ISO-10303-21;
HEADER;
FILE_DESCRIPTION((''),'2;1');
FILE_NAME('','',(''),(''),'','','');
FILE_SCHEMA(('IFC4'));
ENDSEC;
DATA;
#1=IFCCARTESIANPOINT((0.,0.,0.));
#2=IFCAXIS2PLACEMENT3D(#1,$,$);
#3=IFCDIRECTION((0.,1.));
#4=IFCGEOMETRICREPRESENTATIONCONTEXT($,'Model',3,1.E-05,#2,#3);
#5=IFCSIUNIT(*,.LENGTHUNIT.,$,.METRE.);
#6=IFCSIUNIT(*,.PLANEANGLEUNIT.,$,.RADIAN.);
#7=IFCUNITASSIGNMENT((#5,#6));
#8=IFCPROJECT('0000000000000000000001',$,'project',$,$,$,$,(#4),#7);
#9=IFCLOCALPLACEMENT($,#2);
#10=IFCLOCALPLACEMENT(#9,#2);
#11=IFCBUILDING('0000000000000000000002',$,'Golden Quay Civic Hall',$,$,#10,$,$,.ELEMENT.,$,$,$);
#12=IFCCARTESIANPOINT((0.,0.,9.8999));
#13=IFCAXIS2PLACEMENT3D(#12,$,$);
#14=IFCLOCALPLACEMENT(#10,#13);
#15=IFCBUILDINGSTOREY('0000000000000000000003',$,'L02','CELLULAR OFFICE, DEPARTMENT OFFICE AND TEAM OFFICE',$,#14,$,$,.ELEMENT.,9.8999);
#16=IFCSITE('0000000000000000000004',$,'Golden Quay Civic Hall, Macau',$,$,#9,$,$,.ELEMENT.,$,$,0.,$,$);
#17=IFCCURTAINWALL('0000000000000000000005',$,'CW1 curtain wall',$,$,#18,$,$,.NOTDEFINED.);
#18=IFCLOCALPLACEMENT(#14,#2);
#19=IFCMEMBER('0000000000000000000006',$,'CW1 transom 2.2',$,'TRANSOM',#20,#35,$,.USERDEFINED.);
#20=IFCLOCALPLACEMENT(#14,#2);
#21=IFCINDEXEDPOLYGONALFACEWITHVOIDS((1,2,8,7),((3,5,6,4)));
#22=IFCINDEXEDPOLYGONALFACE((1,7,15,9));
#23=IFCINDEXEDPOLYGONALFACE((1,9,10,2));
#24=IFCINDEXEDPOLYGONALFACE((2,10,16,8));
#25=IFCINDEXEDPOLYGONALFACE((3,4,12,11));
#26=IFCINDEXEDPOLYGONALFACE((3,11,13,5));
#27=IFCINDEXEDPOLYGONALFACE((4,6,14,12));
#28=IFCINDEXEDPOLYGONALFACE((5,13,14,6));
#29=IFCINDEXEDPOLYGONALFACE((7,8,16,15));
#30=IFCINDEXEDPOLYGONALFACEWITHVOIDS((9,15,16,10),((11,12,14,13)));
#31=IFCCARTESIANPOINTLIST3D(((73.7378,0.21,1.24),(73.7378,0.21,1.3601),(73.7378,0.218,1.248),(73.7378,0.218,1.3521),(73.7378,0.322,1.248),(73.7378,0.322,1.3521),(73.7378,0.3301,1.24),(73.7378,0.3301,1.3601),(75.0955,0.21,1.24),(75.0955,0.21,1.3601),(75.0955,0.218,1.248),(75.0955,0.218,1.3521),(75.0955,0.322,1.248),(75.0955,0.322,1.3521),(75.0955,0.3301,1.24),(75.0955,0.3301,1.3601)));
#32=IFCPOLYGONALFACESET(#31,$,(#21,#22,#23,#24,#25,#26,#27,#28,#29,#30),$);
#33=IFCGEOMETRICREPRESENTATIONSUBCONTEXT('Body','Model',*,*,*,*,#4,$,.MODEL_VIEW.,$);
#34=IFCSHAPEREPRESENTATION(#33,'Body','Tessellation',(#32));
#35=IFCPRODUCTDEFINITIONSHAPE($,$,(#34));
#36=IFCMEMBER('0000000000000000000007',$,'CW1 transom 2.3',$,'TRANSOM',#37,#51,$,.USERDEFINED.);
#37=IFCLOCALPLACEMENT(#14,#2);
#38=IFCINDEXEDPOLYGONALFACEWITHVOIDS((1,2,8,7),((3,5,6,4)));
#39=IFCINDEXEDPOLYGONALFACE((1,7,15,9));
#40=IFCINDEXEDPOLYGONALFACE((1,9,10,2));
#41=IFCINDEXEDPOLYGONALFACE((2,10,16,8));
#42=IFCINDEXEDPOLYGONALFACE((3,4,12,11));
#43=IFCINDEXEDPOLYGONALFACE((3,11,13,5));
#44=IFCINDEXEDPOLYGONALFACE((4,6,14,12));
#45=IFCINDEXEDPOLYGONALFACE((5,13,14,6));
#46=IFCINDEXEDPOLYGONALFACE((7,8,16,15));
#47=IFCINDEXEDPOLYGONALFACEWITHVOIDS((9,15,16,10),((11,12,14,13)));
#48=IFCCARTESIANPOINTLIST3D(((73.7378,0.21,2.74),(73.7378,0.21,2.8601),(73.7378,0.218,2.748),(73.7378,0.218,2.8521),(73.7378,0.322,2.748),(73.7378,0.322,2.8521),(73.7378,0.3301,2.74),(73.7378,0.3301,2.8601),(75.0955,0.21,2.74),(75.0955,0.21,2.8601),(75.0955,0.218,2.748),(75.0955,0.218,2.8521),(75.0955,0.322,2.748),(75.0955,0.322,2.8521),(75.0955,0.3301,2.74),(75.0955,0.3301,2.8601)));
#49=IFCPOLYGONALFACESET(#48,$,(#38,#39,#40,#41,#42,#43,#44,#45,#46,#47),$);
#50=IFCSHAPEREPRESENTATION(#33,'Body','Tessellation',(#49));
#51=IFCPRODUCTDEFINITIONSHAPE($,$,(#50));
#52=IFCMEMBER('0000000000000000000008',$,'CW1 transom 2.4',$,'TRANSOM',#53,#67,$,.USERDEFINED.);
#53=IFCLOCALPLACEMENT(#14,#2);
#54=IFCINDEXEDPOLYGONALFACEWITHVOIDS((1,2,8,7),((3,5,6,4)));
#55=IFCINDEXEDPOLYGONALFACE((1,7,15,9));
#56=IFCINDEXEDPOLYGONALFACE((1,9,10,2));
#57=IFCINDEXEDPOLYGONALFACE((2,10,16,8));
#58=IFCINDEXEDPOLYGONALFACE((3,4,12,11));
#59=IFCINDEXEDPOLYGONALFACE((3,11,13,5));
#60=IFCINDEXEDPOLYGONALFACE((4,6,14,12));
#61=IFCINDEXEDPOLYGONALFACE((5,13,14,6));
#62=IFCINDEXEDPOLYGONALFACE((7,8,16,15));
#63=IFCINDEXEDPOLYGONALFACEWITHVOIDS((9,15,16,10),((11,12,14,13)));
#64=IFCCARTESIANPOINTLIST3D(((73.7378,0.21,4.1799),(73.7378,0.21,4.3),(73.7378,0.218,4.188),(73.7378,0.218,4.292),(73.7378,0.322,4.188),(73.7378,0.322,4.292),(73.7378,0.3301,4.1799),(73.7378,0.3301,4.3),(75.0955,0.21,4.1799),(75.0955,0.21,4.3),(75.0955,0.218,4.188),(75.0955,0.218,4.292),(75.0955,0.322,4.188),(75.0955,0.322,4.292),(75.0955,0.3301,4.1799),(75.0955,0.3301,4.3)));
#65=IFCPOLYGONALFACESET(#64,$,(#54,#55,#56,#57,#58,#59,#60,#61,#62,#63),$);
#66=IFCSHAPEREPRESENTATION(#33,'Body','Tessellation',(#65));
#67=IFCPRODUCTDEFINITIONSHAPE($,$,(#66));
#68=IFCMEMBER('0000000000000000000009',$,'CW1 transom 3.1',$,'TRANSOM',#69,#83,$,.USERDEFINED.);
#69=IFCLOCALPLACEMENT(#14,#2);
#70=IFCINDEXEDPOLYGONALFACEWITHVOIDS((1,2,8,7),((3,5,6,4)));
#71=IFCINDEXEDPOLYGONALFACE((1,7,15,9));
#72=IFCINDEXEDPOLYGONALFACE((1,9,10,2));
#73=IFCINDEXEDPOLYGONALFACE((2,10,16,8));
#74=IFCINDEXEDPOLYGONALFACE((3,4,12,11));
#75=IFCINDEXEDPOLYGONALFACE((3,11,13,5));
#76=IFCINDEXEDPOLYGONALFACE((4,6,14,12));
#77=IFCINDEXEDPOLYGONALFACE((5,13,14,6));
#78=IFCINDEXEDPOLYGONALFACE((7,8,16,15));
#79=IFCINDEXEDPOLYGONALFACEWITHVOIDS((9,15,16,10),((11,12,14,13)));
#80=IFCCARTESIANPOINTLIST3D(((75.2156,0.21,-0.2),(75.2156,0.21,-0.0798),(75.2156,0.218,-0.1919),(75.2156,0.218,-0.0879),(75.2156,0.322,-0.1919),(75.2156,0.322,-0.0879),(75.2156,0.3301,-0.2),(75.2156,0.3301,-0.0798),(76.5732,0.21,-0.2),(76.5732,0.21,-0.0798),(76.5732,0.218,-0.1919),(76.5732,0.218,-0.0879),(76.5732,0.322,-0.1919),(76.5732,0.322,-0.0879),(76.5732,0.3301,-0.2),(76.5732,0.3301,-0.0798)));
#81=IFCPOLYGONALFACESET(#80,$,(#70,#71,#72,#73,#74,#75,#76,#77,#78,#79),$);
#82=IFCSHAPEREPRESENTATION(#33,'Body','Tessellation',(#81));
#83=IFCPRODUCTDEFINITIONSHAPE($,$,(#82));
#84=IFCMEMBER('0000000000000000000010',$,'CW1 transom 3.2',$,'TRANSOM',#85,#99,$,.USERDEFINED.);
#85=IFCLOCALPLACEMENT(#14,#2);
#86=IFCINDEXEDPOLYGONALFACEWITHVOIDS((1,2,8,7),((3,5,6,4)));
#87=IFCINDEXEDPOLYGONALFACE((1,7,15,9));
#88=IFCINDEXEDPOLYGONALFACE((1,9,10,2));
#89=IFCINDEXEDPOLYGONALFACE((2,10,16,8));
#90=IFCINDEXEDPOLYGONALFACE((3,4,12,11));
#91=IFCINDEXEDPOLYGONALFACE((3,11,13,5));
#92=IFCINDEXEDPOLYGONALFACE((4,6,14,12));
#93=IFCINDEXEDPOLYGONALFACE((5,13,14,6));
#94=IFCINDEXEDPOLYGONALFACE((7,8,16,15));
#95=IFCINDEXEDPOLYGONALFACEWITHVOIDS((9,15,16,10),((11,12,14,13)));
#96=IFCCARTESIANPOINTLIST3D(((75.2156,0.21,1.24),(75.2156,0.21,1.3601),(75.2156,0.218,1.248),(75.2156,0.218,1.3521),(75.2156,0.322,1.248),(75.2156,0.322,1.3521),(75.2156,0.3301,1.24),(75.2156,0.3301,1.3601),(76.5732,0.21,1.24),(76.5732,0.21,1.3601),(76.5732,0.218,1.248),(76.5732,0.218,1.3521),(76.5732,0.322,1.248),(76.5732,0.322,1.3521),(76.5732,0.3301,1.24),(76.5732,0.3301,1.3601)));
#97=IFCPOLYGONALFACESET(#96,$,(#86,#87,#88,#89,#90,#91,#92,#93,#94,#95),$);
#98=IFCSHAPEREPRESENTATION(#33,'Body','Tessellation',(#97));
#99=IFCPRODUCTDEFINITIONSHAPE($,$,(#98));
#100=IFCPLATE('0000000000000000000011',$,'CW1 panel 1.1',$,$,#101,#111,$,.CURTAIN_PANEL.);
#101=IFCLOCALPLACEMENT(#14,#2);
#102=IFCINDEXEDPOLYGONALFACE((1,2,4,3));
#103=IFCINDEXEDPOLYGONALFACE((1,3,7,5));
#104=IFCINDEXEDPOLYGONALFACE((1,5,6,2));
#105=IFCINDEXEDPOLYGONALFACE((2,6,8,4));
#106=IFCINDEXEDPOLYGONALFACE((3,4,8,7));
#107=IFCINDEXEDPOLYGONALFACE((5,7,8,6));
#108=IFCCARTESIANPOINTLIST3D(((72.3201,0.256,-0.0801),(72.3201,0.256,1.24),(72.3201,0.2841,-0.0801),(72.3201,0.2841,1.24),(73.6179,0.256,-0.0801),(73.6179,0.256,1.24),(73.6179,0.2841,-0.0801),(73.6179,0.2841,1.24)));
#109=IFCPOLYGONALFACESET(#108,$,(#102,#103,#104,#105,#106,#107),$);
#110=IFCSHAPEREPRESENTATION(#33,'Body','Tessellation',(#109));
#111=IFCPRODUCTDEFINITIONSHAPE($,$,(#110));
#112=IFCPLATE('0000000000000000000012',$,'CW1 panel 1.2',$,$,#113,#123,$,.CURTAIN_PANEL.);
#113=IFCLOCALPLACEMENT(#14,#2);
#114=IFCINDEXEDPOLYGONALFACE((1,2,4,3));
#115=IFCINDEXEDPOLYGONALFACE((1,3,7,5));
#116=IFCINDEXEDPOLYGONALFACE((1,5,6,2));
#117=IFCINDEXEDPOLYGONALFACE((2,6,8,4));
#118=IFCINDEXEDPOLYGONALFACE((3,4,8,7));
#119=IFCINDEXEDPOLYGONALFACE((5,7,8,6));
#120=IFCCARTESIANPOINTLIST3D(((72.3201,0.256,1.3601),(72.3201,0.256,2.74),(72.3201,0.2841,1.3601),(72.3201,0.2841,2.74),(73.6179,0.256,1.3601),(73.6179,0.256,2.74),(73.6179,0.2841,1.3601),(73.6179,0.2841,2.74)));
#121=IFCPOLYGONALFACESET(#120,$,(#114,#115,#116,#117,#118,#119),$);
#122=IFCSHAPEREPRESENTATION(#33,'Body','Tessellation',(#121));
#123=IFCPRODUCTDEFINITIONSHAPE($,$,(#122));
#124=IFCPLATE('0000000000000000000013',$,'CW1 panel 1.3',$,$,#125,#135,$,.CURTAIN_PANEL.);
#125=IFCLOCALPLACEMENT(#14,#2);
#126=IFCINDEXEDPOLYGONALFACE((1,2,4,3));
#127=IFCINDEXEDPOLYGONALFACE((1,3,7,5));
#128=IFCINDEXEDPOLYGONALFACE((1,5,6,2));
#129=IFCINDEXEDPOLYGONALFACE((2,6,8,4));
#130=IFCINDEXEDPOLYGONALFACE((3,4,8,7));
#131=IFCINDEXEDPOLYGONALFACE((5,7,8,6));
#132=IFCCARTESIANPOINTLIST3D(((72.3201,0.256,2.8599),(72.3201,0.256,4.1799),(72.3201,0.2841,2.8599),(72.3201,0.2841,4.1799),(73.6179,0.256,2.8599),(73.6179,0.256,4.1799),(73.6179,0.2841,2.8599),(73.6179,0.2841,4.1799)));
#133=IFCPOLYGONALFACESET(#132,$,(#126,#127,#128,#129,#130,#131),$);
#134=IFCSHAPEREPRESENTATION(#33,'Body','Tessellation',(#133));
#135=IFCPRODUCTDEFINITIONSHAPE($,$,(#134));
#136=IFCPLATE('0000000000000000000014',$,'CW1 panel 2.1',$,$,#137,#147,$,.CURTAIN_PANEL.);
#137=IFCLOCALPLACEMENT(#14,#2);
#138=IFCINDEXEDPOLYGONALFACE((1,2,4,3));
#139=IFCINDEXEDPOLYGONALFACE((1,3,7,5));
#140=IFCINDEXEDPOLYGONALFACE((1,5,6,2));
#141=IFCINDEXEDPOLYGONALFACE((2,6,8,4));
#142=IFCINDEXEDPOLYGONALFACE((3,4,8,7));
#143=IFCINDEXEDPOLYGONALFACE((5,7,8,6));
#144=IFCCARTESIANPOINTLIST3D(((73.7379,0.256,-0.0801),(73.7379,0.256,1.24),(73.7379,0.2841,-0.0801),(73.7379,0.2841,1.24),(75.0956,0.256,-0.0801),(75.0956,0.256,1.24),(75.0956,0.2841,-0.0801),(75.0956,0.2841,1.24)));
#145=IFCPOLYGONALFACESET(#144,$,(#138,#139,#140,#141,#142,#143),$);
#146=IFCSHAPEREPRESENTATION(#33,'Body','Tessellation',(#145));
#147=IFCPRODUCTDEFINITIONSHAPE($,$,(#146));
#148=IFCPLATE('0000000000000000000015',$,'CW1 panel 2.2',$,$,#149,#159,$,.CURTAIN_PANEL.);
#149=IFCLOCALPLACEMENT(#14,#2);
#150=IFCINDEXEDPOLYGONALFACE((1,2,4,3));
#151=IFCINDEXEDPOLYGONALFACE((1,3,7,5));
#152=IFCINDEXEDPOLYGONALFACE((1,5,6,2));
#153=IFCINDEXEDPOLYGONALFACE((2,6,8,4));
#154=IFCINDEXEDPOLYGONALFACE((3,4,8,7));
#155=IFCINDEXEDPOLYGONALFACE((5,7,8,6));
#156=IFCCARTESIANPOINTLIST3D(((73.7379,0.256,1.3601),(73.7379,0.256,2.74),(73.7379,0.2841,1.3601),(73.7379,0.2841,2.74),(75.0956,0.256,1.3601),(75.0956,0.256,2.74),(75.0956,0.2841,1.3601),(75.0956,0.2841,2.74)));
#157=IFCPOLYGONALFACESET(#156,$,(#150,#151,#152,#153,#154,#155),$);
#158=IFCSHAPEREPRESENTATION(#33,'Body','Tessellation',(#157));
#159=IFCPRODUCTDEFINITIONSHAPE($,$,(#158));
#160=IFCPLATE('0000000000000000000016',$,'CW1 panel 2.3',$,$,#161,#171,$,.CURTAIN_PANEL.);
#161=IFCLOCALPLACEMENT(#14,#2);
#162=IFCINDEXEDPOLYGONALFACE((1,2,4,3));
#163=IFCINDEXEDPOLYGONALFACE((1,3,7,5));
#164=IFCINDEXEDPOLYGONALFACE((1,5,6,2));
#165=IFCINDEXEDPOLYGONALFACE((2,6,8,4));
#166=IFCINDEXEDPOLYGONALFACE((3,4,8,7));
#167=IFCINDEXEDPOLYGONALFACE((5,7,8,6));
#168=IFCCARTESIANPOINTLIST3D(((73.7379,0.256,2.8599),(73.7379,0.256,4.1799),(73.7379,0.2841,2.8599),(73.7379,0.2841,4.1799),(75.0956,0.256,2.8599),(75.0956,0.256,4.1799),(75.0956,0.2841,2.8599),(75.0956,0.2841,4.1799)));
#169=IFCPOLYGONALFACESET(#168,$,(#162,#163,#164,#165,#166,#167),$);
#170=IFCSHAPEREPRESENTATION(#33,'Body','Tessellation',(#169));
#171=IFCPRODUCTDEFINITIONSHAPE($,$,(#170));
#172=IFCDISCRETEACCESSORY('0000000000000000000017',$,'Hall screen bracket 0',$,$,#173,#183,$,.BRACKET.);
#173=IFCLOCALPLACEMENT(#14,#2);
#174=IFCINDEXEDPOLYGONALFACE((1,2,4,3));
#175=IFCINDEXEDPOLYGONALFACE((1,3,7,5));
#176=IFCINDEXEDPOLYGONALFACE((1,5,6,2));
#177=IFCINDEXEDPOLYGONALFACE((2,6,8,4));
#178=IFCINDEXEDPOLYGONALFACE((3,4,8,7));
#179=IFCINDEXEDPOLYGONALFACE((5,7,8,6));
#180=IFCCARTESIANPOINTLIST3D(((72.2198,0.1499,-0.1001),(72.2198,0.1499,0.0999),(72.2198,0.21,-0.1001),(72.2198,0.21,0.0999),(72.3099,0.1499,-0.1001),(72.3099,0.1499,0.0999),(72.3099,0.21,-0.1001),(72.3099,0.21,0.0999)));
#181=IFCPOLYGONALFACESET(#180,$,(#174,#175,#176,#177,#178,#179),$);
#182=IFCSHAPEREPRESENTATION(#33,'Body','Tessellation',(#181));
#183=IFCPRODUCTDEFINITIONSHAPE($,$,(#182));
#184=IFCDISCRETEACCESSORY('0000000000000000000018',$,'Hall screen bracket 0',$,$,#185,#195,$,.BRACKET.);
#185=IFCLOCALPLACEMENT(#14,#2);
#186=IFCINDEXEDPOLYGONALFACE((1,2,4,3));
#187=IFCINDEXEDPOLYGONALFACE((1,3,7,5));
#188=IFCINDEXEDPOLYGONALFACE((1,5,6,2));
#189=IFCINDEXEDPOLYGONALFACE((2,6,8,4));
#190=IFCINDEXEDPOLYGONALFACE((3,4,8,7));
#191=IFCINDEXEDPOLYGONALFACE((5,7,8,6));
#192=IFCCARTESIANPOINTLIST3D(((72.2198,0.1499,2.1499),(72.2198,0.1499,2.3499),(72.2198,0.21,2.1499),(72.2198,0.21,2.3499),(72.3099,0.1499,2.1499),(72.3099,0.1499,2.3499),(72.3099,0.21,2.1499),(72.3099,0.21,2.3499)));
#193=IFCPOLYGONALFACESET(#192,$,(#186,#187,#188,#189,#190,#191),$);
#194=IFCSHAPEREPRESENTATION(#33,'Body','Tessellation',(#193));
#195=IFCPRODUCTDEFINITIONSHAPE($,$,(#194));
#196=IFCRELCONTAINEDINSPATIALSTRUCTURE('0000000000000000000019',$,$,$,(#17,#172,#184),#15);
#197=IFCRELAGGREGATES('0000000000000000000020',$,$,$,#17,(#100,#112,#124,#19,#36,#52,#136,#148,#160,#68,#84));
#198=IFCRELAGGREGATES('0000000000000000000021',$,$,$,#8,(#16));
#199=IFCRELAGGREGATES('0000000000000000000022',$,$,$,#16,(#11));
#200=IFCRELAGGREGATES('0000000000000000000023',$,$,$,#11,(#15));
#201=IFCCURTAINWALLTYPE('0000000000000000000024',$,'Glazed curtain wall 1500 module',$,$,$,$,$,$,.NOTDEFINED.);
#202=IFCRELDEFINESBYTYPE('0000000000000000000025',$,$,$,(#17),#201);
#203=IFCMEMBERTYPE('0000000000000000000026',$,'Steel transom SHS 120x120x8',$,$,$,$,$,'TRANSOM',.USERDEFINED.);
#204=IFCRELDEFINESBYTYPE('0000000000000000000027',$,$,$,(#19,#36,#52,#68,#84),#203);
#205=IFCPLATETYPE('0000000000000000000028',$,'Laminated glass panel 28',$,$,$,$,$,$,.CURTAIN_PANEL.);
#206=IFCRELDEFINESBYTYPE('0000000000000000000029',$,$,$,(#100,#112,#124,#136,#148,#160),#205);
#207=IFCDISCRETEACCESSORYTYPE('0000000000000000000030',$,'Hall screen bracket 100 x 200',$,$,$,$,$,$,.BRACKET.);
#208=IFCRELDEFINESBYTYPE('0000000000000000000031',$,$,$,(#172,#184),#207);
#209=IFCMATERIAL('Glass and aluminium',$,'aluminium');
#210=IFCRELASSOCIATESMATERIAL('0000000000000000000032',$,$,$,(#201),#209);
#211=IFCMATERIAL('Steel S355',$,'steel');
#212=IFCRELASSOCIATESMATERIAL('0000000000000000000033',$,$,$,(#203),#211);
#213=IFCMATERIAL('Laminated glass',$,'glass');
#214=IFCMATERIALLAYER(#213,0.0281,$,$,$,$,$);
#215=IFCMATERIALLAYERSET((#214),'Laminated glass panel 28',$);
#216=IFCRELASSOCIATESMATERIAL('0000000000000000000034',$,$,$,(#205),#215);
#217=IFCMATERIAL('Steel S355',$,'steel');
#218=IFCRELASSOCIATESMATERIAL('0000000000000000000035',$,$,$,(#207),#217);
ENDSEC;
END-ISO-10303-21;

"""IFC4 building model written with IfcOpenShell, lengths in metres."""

from ifc_helpers import new_model, si_unit, direction, frame, origin, origin_2d, place, context, subcontext, project, spatial, rectangle, hollow_rectangle, extrude, material, layer, layer_set, material_profile, profile_set, type_object, element, aggregate, save


model = new_model("IFC4")

# Units and contexts
model_context = context("Model", 3, precision=1e-05, world=origin(), true_north=direction((0.0, 1.0)))
body_context = subcontext(model_context, "Body", "Model", "MODEL_VIEW")
ifc_project = project(units=[si_unit("LENGTHUNIT", "METRE"), si_unit("PLANEANGLEUNIT", "RADIAN")], contexts=[model_context])

# Site, building, storey
site_placement = place(None, origin())
site = spatial("IfcSite", under=ifc_project, at=site_placement, Name="Golden Quay Civic Hall, Macau", CompositionType="ELEMENT", RefElevation=0.0)
building_placement = place(site_placement, origin())
building = spatial("IfcBuilding", under=site, at=building_placement, Name="Golden Quay Civic Hall", CompositionType="ELEMENT")
storey_placement = place(building_placement, frame((0.0, 0.0, 9.8999)))
storey = spatial("IfcBuildingStorey", under=building, at=storey_placement, Name="L02", Description="CELLULAR OFFICE, DEPARTMENT OFFICE AND TEAM OFFICE", CompositionType="ELEMENT", Elevation=9.8999)

# Curtain wall, members, plates
ifc_material_1 = material(Name="Glass and aluminium", Category="aluminium")
curtain_wall_type = type_object("IfcCurtainWallType", Name="Glazed curtain wall 1500 module", PredefinedType="NOTDEFINED", material=ifc_material_1)
curtain_wall_placement = place(storey_placement, origin())
curtain_wall = element("IfcCurtainWall", 1, at=curtain_wall_placement, inside=storey, type_object=curtain_wall_type, Name="CW1 curtain wall", PredefinedType="NOTDEFINED")
ifc_material_2 = material(Name="Steel S355", Category="steel")
ifc_material_profile_1 = material_profile(ifc_material_2, hollow_rectangle(XDim=0.1201, YDim=0.1201, WallThickness=0.0081, at=origin_2d()), Name="SHS 120x120x8")
ifc_profile_set_1 = profile_set([ifc_material_profile_1], Name="Steel S355")
member_type_1 = type_object("IfcMemberType", Name="Steel transom SHS 120x120x8", ElementType="TRANSOM", PredefinedType="USERDEFINED", material=ifc_profile_set_1)
member_1_placement = place(storey_placement, frame((73.7378, 0.27, 1.3), z_axis=(1.0, 0.0, 0.0), x_axis=(0.0, 1.0, 0.0)))
member_1 = element("IfcMember", 2, at=member_1_placement, type_object=member_type_1, Name="CW1 transom 2.2", ObjectType="TRANSOM", PredefinedType="USERDEFINED", context=body_context, shape_type="SweptSolid", body=[
    extrude(hollow_rectangle(XDim=0.1201, YDim=0.1201, WallThickness=0.0081, at=origin_2d()), origin(), (0.0, 0.0, 1.0), 1.3577),
])
member_2_placement = place(storey_placement, frame((73.7378, 0.27, 2.8), z_axis=(1.0, 0.0, 0.0), x_axis=(0.0, 1.0, 0.0)))
member_2 = element("IfcMember", 3, at=member_2_placement, type_object=member_type_1, Name="CW1 transom 2.3", ObjectType="TRANSOM", PredefinedType="USERDEFINED", context=body_context, shape_type="SweptSolid", body=[
    extrude(hollow_rectangle(XDim=0.1201, YDim=0.1201, WallThickness=0.0081, at=origin_2d()), origin(), (0.0, 0.0, 1.0), 1.3577),
])
member_3_placement = place(storey_placement, frame((73.7378, 0.27, 4.24), z_axis=(1.0, 0.0, 0.0), x_axis=(0.0, 1.0, 0.0)))
member_3 = element("IfcMember", 4, at=member_3_placement, type_object=member_type_1, Name="CW1 transom 2.4", ObjectType="TRANSOM", PredefinedType="USERDEFINED", context=body_context, shape_type="SweptSolid", body=[
    extrude(hollow_rectangle(XDim=0.1201, YDim=0.1201, WallThickness=0.0081, at=origin_2d()), origin(), (0.0, 0.0, 1.0), 1.3577),
])
member_4_placement = place(storey_placement, frame((75.2156, 0.27, -0.1399), z_axis=(1.0, 0.0, 0.0), x_axis=(0.0, 1.0, 0.0)))
member_4 = element("IfcMember", 5, at=member_4_placement, type_object=member_type_1, Name="CW1 transom 3.1", ObjectType="TRANSOM", PredefinedType="USERDEFINED", context=body_context, shape_type="SweptSolid", body=[
    extrude(hollow_rectangle(XDim=0.1201, YDim=0.1201, WallThickness=0.0081, at=origin_2d()), origin(), (0.0, 0.0, 1.0), 1.3577),
])
member_5_placement = place(storey_placement, frame((75.2156, 0.27, 1.3), z_axis=(1.0, 0.0, 0.0), x_axis=(0.0, 1.0, 0.0)))
member_5 = element("IfcMember", 6, at=member_5_placement, type_object=member_type_1, Name="CW1 transom 3.2", ObjectType="TRANSOM", PredefinedType="USERDEFINED", context=body_context, shape_type="SweptSolid", body=[
    extrude(hollow_rectangle(XDim=0.1201, YDim=0.1201, WallThickness=0.0081, at=origin_2d()), origin(), (0.0, 0.0, 1.0), 1.3577),
])
ifc_material_3 = material(Name="Laminated glass", Category="glass")
ifc_layer = layer(ifc_material_3, 0.0281)
ifc_layer_set = layer_set([ifc_layer], Name="Laminated glass panel 28")
plate_type = type_object("IfcPlateType", Name="Laminated glass panel 28", PredefinedType="CURTAIN_PANEL", material=ifc_layer_set)
plate_1_placement = place(storey_placement, frame((72.969, 0.27, -0.0801), z_axis=(0.0, 0.0, 1.0), x_axis=(1.0, 0.0, 0.0)))
plate_1 = element("IfcPlate", 7, at=plate_1_placement, type_object=plate_type, Name="CW1 panel 1.1", PredefinedType="CURTAIN_PANEL", context=body_context, shape_type="SweptSolid", body=[
    extrude(rectangle(XDim=1.2979, YDim=0.0281, at=origin_2d()), origin(), (0.0, 0.0, 1.0), 1.3201),
])
plate_2_placement = place(storey_placement, frame((72.969, 0.27, 1.3601), z_axis=(0.0, 0.0, 1.0), x_axis=(1.0, 0.0, 0.0)))
plate_2 = element("IfcPlate", 8, at=plate_2_placement, type_object=plate_type, Name="CW1 panel 1.2", PredefinedType="CURTAIN_PANEL", context=body_context, shape_type="SweptSolid", body=[
    extrude(rectangle(XDim=1.2979, YDim=0.0281, at=origin_2d()), origin(), (0.0, 0.0, 1.0), 1.3799),
])
plate_3_placement = place(storey_placement, frame((72.969, 0.27, 2.8599), z_axis=(0.0, 0.0, 1.0), x_axis=(1.0, 0.0, 0.0)))
plate_3 = element("IfcPlate", 9, at=plate_3_placement, type_object=plate_type, Name="CW1 panel 1.3", PredefinedType="CURTAIN_PANEL", context=body_context, shape_type="SweptSolid", body=[
    extrude(rectangle(XDim=1.2979, YDim=0.0281, at=origin_2d()), origin(), (0.0, 0.0, 1.0), 1.3201),
])
plate_4_placement = place(storey_placement, frame((74.4167, 0.27, -0.0801), z_axis=(0.0, 0.0, 1.0), x_axis=(1.0, 0.0, 0.0)))
plate_4 = element("IfcPlate", 10, at=plate_4_placement, type_object=plate_type, Name="CW1 panel 2.1", PredefinedType="CURTAIN_PANEL", context=body_context, shape_type="SweptSolid", body=[
    extrude(rectangle(XDim=1.3577, YDim=0.0281, at=origin_2d()), origin(), (0.0, 0.0, 1.0), 1.3201),
])
plate_5_placement = place(storey_placement, frame((74.4167, 0.27, 1.3601), z_axis=(0.0, 0.0, 1.0), x_axis=(1.0, 0.0, 0.0)))
plate_5 = element("IfcPlate", 11, at=plate_5_placement, type_object=plate_type, Name="CW1 panel 2.2", PredefinedType="CURTAIN_PANEL", context=body_context, shape_type="SweptSolid", body=[
    extrude(rectangle(XDim=1.3577, YDim=0.0281, at=origin_2d()), origin(), (0.0, 0.0, 1.0), 1.3799),
])
plate_6_placement = place(storey_placement, frame((74.4167, 0.27, 2.8599), z_axis=(0.0, 0.0, 1.0), x_axis=(1.0, 0.0, 0.0)))
plate_6 = element("IfcPlate", 12, at=plate_6_placement, type_object=plate_type, Name="CW1 panel 2.3", PredefinedType="CURTAIN_PANEL", context=body_context, shape_type="SweptSolid", body=[
    extrude(rectangle(XDim=1.3577, YDim=0.0281, at=origin_2d()), origin(), (0.0, 0.0, 1.0), 1.3201),
])
aggregate(curtain_wall, [plate_1, plate_2, plate_3, member_1, member_2, member_3, plate_4, plate_5, plate_6, member_4, member_5])

# Discrete accessories
ifc_material_4 = material(Name="Steel S355", Category="steel")
discrete_accessory_type = type_object("IfcDiscreteAccessoryType", Name="Hall screen bracket 100 x 200", PredefinedType="BRACKET", material=ifc_material_4)
for number, where, z_axis, x_axis, name in (
    (13, (72.2649, 0.1799, -0.1001), (0.0, 0.0, 1.0), (1.0, 0.0, 0.0), "Hall screen bracket 0"),
    (14, (72.2649, 0.1799, 2.1499), (0.0, 0.0, 1.0), (1.0, 0.0, 0.0), "Hall screen bracket 0"),
):
    element("IfcDiscreteAccessory", number, at=place(storey_placement, frame(where, z_axis=z_axis, x_axis=x_axis)), inside=storey, type_object=discrete_accessory_type, Name=name, PredefinedType="BRACKET", context=body_context, shape_type="SweptSolid", body=[
        extrude(rectangle(XDim=0.0901, YDim=0.0601, at=origin_2d()), origin(), (0.0, 0.0, 1.0), 0.2),
    ])

save(model, "model.ifc")
